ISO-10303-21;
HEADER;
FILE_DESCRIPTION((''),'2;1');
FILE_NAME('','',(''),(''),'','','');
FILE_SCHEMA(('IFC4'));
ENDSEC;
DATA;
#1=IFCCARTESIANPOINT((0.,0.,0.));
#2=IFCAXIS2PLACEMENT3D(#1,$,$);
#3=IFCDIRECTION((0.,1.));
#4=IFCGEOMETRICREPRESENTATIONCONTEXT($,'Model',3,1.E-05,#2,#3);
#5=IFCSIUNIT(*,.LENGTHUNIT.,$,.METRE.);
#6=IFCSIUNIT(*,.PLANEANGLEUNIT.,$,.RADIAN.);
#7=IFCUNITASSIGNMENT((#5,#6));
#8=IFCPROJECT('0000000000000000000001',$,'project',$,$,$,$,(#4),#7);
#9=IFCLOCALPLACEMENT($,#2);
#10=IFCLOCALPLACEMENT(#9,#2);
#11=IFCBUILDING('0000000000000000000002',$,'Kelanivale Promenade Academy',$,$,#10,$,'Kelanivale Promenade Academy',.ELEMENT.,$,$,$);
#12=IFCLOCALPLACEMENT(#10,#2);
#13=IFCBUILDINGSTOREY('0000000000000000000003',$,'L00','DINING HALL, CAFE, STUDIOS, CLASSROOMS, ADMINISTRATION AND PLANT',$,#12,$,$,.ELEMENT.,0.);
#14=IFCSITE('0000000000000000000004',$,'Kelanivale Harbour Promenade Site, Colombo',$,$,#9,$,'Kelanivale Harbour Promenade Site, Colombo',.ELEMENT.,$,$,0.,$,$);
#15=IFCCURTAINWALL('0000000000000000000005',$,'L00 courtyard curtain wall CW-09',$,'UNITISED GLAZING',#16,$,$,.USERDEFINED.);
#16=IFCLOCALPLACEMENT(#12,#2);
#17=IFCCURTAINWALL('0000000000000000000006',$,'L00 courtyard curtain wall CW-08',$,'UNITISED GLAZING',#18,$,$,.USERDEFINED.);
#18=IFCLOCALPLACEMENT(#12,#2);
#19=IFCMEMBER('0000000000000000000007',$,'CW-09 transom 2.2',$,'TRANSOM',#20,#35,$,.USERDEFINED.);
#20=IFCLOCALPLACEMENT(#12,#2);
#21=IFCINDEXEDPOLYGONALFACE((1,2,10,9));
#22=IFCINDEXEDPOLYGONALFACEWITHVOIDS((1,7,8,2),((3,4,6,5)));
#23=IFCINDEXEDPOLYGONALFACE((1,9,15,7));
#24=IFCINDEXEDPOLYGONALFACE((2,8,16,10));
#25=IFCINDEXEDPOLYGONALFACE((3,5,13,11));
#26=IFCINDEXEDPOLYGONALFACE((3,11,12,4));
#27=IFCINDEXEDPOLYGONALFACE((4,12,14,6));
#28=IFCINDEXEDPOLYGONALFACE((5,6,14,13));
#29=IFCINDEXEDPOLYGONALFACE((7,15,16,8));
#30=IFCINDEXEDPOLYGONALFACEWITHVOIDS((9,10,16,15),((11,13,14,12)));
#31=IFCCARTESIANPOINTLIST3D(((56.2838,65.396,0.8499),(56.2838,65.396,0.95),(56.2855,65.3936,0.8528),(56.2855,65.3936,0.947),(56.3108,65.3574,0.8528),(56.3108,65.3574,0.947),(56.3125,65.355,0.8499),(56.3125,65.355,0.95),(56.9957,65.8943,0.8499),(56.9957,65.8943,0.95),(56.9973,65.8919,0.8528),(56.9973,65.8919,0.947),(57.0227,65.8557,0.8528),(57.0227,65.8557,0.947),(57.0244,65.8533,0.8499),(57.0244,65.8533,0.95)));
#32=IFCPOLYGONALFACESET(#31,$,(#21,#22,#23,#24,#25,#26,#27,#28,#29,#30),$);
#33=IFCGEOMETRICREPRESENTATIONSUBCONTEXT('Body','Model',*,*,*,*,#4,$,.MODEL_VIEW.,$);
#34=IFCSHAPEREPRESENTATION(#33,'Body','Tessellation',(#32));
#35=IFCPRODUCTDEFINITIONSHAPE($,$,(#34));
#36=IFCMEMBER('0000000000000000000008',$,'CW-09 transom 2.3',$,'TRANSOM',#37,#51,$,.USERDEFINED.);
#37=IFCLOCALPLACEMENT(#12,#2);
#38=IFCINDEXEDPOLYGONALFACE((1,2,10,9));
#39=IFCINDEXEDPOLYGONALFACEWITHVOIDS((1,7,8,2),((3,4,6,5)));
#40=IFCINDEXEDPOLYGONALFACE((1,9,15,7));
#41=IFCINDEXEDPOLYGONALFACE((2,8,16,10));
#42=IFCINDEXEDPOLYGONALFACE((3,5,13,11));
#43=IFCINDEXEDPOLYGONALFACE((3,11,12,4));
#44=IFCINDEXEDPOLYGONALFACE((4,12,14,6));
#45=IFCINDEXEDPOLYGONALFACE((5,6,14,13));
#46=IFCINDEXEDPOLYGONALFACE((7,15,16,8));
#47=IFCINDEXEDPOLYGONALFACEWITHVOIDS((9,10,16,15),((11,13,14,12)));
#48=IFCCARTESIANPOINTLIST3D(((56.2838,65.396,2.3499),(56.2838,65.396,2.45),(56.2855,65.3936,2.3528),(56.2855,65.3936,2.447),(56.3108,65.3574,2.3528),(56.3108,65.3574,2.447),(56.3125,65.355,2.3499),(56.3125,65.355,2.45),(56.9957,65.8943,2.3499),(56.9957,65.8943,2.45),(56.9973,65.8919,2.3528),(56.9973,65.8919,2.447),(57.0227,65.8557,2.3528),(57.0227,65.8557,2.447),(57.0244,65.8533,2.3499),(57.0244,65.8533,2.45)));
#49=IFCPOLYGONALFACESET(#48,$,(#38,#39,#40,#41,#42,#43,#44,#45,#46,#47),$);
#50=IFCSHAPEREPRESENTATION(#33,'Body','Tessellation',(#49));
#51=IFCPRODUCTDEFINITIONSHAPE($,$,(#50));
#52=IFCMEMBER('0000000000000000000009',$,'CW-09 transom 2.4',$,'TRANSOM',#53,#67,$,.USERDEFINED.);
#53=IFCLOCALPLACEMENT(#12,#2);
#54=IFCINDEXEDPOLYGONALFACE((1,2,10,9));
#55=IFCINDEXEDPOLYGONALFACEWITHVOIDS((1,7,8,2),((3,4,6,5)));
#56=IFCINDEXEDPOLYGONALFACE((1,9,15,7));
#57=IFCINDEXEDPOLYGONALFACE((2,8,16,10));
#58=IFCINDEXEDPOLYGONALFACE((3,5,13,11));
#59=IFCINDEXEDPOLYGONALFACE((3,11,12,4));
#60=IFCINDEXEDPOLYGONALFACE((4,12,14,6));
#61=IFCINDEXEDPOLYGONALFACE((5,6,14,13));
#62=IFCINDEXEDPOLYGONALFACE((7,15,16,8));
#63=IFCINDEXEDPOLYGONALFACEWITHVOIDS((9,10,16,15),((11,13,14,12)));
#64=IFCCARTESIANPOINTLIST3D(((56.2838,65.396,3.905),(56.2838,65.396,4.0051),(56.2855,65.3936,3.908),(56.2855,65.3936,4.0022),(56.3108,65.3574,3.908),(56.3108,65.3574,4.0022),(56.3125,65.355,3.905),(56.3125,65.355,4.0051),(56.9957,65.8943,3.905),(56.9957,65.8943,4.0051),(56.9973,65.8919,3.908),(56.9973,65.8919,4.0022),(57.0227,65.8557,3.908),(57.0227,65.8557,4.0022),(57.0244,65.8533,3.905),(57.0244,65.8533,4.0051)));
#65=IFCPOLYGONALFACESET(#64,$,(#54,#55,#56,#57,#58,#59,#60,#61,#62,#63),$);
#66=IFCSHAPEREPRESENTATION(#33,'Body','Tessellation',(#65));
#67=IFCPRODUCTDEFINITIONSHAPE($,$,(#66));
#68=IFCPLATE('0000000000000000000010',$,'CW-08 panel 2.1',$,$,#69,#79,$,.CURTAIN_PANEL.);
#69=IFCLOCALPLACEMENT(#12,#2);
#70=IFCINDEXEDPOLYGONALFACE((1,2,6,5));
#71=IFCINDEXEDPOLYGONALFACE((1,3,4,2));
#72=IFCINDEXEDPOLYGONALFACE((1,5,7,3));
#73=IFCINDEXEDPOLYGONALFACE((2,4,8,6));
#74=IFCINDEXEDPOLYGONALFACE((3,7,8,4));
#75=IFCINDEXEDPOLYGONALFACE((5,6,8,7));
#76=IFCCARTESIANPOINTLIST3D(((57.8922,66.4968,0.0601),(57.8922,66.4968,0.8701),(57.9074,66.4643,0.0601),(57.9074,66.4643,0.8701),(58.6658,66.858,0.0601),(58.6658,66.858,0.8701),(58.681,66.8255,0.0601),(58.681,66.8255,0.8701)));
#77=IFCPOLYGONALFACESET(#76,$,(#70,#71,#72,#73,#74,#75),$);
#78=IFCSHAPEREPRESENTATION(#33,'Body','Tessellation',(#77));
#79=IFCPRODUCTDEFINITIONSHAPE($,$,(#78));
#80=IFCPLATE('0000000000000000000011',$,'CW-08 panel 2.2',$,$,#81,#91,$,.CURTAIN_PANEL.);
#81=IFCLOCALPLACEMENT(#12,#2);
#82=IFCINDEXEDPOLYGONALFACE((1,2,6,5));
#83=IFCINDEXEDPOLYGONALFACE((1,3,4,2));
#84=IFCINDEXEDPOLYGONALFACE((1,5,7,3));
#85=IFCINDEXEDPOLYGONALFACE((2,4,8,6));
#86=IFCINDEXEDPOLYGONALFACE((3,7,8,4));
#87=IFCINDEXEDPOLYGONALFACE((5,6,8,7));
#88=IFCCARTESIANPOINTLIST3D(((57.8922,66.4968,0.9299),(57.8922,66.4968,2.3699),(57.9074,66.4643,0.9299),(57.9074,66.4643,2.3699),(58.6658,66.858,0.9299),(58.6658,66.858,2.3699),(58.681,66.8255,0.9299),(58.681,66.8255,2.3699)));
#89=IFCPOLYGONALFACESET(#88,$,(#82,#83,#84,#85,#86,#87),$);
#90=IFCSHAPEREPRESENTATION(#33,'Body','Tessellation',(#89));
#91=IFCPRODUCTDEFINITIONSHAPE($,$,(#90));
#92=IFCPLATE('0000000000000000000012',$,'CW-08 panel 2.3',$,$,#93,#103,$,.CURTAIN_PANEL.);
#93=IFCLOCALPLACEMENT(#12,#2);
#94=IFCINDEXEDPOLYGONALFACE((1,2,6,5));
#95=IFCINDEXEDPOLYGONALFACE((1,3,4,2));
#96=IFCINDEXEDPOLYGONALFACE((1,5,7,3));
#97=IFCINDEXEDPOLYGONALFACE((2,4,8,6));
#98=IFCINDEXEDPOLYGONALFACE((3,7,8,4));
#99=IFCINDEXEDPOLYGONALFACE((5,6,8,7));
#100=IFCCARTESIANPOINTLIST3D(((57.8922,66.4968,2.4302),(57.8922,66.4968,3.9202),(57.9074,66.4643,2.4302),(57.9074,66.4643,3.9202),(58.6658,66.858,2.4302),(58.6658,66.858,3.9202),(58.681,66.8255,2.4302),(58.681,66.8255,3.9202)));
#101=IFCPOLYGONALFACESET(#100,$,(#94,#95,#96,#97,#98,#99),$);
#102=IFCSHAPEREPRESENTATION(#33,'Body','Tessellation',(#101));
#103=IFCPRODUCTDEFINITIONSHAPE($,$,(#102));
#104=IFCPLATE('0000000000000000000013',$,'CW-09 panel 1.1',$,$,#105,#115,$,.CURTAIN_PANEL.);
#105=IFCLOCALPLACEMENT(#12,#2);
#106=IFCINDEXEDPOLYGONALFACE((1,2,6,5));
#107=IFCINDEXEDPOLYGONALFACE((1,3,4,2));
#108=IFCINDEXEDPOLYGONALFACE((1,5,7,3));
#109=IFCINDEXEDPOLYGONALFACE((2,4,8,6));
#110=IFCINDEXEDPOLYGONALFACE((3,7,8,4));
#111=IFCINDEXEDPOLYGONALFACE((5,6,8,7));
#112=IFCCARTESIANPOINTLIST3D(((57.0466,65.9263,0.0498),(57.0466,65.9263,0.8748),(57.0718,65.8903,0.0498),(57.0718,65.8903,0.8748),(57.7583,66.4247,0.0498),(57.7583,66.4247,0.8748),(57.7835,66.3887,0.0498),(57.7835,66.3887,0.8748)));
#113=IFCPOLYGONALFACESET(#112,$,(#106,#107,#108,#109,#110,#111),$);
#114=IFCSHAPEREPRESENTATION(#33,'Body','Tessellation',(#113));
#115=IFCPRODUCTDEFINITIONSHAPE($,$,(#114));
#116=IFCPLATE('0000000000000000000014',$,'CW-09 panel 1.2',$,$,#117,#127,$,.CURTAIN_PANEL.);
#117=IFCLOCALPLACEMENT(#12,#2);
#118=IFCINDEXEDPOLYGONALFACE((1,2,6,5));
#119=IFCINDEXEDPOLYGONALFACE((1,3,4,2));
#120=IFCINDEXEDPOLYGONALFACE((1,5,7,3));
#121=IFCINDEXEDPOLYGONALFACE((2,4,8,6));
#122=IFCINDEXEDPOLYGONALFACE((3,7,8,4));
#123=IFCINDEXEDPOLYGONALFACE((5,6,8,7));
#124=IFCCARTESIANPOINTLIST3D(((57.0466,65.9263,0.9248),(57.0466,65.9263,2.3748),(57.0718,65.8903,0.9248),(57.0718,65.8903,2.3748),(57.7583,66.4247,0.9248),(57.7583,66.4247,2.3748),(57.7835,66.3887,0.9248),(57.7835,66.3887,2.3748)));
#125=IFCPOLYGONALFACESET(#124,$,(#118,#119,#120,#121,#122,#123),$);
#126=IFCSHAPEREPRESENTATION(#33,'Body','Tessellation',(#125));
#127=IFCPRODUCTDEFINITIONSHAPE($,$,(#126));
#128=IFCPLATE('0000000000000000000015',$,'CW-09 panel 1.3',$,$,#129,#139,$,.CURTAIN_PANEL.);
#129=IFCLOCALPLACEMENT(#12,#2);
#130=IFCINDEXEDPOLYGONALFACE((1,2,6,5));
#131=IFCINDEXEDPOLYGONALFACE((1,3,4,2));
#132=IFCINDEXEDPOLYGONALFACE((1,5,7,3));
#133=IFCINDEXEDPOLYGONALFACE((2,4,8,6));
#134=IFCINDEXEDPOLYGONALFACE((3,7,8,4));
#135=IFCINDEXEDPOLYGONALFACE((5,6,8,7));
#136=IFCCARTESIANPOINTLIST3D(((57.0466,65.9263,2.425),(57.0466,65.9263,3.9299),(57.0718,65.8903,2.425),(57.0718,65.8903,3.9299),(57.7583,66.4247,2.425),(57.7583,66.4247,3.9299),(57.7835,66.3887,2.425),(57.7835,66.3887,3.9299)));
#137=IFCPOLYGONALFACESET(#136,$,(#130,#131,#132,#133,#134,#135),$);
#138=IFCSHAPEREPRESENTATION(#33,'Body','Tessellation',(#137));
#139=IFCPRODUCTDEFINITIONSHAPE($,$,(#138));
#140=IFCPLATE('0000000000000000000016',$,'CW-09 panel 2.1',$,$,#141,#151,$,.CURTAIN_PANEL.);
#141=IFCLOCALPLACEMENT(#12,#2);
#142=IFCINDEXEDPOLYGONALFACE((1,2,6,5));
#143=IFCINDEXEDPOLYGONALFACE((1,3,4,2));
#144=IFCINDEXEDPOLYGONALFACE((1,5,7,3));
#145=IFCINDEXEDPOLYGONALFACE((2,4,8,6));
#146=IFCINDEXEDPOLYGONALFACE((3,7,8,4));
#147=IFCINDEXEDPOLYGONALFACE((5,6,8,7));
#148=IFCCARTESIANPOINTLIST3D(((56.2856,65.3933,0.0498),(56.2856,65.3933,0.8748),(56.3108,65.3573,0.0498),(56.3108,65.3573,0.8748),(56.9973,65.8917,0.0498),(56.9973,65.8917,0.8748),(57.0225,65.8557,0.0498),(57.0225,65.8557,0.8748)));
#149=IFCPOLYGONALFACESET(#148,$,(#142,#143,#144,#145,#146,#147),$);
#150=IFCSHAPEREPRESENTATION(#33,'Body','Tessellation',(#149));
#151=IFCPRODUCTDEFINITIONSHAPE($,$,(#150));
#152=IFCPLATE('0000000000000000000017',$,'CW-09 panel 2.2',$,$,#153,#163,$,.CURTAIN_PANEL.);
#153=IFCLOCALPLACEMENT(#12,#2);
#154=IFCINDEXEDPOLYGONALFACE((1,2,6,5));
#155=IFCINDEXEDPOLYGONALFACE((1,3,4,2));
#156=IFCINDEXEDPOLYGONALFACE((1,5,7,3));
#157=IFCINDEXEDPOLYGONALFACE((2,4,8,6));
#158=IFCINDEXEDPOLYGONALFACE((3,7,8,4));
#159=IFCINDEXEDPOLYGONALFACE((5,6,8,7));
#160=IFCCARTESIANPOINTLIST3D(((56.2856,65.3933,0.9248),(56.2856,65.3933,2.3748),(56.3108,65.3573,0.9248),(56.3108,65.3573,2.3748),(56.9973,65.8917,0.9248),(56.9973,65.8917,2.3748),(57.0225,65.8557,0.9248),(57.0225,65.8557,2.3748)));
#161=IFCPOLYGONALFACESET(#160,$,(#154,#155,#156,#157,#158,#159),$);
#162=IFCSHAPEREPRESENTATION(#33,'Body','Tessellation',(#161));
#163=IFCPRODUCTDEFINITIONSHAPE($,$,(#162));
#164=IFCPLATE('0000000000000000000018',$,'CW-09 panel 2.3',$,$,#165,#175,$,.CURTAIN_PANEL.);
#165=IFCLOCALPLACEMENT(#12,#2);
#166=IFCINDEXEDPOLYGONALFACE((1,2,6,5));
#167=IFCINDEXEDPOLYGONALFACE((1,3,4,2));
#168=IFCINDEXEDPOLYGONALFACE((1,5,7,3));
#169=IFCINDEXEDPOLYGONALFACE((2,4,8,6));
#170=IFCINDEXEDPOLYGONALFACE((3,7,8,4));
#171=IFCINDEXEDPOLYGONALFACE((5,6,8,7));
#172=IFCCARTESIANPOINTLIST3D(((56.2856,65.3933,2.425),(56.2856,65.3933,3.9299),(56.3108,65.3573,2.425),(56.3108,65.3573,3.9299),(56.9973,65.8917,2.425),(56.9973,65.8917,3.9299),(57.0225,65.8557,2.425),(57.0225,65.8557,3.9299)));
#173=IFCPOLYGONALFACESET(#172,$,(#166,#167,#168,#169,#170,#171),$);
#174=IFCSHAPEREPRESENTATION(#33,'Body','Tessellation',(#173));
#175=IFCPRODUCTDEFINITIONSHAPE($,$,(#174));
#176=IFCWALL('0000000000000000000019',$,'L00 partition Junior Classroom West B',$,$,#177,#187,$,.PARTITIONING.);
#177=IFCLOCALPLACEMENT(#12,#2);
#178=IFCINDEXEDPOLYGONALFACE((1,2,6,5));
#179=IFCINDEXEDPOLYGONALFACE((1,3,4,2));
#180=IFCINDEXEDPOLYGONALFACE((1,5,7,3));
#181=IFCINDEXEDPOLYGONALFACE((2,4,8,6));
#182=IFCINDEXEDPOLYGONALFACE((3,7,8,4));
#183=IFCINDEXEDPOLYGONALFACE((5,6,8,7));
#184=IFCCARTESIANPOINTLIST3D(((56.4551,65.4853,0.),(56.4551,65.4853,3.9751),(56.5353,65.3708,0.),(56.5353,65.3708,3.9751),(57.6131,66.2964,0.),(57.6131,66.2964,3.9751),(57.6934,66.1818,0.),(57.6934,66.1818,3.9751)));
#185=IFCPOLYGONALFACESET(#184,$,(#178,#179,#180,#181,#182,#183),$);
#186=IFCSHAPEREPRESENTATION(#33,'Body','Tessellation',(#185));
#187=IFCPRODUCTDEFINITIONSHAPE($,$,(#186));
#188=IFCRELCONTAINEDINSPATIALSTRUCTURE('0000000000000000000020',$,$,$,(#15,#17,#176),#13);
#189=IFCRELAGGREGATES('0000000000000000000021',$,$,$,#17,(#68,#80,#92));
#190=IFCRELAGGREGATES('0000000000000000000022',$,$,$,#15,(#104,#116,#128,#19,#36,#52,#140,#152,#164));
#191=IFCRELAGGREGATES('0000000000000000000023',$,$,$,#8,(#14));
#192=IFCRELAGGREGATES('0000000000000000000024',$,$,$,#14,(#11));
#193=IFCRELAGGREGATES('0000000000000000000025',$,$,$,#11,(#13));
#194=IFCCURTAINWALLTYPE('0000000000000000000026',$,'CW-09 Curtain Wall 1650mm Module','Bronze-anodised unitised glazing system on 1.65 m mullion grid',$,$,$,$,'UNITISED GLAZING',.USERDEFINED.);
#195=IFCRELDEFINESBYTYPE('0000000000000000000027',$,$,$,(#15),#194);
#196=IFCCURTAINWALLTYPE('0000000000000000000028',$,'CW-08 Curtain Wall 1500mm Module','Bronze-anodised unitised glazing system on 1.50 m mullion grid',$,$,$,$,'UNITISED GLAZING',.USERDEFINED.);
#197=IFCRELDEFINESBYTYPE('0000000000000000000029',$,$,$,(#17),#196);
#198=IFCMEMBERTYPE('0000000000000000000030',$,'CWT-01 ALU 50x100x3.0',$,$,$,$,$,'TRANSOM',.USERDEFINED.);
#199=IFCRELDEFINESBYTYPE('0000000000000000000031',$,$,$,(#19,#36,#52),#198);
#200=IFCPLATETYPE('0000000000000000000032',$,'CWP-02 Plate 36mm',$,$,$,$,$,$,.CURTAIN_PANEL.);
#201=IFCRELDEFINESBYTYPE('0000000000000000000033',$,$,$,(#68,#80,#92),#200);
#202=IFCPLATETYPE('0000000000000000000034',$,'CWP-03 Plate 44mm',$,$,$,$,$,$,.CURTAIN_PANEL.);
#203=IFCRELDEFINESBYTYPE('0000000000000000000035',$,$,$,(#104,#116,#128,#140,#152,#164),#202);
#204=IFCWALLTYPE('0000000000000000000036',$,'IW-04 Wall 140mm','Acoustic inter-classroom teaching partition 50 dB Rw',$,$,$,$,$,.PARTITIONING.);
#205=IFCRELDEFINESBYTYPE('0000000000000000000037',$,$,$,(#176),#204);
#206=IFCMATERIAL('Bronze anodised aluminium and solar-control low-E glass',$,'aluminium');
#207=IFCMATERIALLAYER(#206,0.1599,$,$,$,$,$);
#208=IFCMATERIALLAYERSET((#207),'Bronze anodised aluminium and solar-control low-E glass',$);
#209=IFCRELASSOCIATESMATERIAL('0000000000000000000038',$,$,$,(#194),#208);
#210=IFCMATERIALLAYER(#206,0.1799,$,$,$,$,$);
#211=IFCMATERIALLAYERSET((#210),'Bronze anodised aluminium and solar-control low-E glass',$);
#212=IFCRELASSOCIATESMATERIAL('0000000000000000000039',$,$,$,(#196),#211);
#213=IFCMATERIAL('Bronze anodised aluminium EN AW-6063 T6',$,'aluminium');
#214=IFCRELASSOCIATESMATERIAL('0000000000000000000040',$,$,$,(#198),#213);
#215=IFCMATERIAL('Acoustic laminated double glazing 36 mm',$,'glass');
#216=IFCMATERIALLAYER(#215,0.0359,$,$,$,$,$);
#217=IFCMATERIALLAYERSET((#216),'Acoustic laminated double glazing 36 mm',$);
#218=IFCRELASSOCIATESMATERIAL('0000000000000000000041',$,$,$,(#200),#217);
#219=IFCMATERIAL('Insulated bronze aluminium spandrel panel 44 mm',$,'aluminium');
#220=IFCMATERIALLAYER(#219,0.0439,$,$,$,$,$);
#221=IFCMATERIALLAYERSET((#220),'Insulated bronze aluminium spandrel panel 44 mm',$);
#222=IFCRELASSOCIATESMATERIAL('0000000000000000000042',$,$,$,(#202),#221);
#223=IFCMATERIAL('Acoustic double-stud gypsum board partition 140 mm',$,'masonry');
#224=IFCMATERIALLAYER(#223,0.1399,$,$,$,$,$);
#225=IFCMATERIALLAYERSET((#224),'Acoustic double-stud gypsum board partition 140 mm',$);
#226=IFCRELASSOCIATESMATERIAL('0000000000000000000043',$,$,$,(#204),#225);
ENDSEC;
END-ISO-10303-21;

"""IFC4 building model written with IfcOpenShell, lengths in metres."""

from ifc_helpers import new_model, si_unit, direction, frame, frame_2d, origin, origin_2d, place, context, subcontext, project, spatial, rectangle, hollow_rectangle, extrude, material, layer, layer_set, material_profile, profile_set, type_object, element, aggregate, save


model = new_model("IFC4")

# Units and contexts
model_context = context("Model", 3, precision=1e-05, world=origin(), true_north=direction((0.0, 1.0)))
body_context = subcontext(model_context, "Body", "Model", "MODEL_VIEW")
ifc_project = project(units=[si_unit("LENGTHUNIT", "METRE"), si_unit("PLANEANGLEUNIT", "RADIAN")], contexts=[model_context])

# Site, building, storey
site_placement = place(None, origin())
site = spatial("IfcSite", under=ifc_project, at=site_placement, Name="Kelanivale Harbour Promenade Site, Colombo", LongName="Kelanivale Harbour Promenade Site, Colombo", CompositionType="ELEMENT", RefElevation=0.0)
building_placement = place(site_placement, origin())
building = spatial("IfcBuilding", under=site, at=building_placement, Name="Kelanivale Promenade Academy", LongName="Kelanivale Promenade Academy", CompositionType="ELEMENT")
storey_placement = place(building_placement, origin())
storey = spatial("IfcBuildingStorey", under=building, at=storey_placement, Name="L00", Description="DINING HALL, CAFE, STUDIOS, CLASSROOMS, ADMINISTRATION AND PLANT", CompositionType="ELEMENT", Elevation=0.0)

# Curtain wall
ifc_material_1 = material(Name="Bronze anodised aluminium and solar-control low-E glass", Category="aluminium")
ifc_layer_1 = layer(ifc_material_1, 0.1599)
ifc_layer_set_1 = layer_set([ifc_layer_1], Name="Bronze anodised aluminium and solar-control low-E glass")
curtain_wall_type_1 = type_object("IfcCurtainWallType", Name="CW-09 Curtain Wall 1650mm Module", Description="Bronze-anodised unitised glazing system on 1.65 m mullion grid", ElementType="UNITISED GLAZING", PredefinedType="USERDEFINED", material=ifc_layer_set_1)
curtain_wall_1_placement = place(storey_placement, origin())
curtain_wall_1 = element("IfcCurtainWall", 1, at=curtain_wall_1_placement, inside=storey, type_object=curtain_wall_type_1, Name="L00 courtyard curtain wall CW-09", ObjectType="UNITISED GLAZING", PredefinedType="USERDEFINED")
ifc_material_2 = material(Name="Bronze anodised aluminium EN AW-6063 T6", Category="aluminium")

# Curtain wall
ifc_layer_2 = layer(ifc_material_1, 0.1799)
ifc_layer_set_2 = layer_set([ifc_layer_2], Name="Bronze anodised aluminium and solar-control low-E glass")
curtain_wall_type_2 = type_object("IfcCurtainWallType", Name="CW-08 Curtain Wall 1500mm Module", Description="Bronze-anodised unitised glazing system on 1.50 m mullion grid", ElementType="UNITISED GLAZING", PredefinedType="USERDEFINED", material=ifc_layer_set_2)
curtain_wall_2_placement = place(storey_placement, origin())
curtain_wall_2 = element("IfcCurtainWall", 2, at=curtain_wall_2_placement, inside=storey, type_object=curtain_wall_type_2, Name="L00 courtyard curtain wall CW-08", ObjectType="UNITISED GLAZING", PredefinedType="USERDEFINED")

# Members
ifc_material_profile_1 = material_profile(ifc_material_2, hollow_rectangle(XDim=0.05, YDim=0.1001, WallThickness=0.0029, at=origin_2d()), Name="ALU 50x100x3.0")
ifc_profile_set_1 = profile_set([ifc_material_profile_1], Name="Bronze anodised aluminium EN AW-6063 T6")
member_type_1 = type_object("IfcMemberType", Name="CWT-01 ALU 50x100x3.0", ElementType="TRANSOM", PredefinedType="USERDEFINED", material=ifc_profile_set_1)
member_1_placement = place(storey_placement, frame((57.01, 65.8738, 0.8999), z_axis=(-0.819258, -0.573425, 0.0), x_axis=(0.573425, -0.819258, 0.0)))
member_1 = element("IfcMember", 3, at=member_1_placement, type_object=member_type_1, Name="CW-09 transom 2.2", ObjectType="TRANSOM", PredefinedType="USERDEFINED", context=body_context, shape_type="SweptSolid", body=[
    extrude(hollow_rectangle(XDim=0.05, YDim=0.1001, WallThickness=0.0029, at=origin_2d()), origin(), (0.0, 0.0, 1.0), 0.8689),
])
member_2_placement = place(storey_placement, frame((57.01, 65.8738, 2.3999), z_axis=(-0.819258, -0.573425, 0.0), x_axis=(0.573425, -0.819258, 0.0)))
member_2 = element("IfcMember", 4, at=member_2_placement, type_object=member_type_1, Name="CW-09 transom 2.3", ObjectType="TRANSOM", PredefinedType="USERDEFINED", context=body_context, shape_type="SweptSolid", body=[
    extrude(hollow_rectangle(XDim=0.05, YDim=0.1001, WallThickness=0.0029, at=origin_2d()), origin(), (0.0, 0.0, 1.0), 0.8689),
])
member_3_placement = place(storey_placement, frame((57.01, 65.8738, 3.9551), z_axis=(-0.819258, -0.573425, 0.0), x_axis=(0.573425, -0.819258, 0.0)))
member_3 = element("IfcMember", 5, at=member_3_placement, type_object=member_type_1, Name="CW-09 transom 2.4", ObjectType="TRANSOM", PredefinedType="USERDEFINED", context=body_context, shape_type="SweptSolid", body=[
    extrude(hollow_rectangle(XDim=0.05, YDim=0.1001, WallThickness=0.0029, at=origin_2d()), origin(), (0.0, 0.0, 1.0), 0.8689),
])

# Plates
ifc_material_3 = material(Name="Acoustic laminated double glazing 36 mm", Category="glass")
ifc_layer_3 = layer(ifc_material_3, 0.0359)
ifc_layer_set_3 = layer_set([ifc_layer_3], Name="Acoustic laminated double glazing 36 mm")
plate_type_1 = type_object("IfcPlateType", Name="CWP-02 Plate 36mm", PredefinedType="CURTAIN_PANEL", material=ifc_layer_set_3)
plate_1_placement = place(storey_placement, frame((58.2866, 66.6611, 0.0601), z_axis=(0.0, 0.0, 1.0), x_axis=(-0.906089, -0.423087, 0.0)))
plate_1 = element("IfcPlate", 6, at=plate_1_placement, type_object=plate_type_1, Name="CW-08 panel 2.1", PredefinedType="CURTAIN_PANEL", context=body_context, shape_type="SweptSolid", body=[
    extrude(rectangle(XDim=0.8538, YDim=0.0359, at=origin_2d()), origin(), (0.0, 0.0, 1.0), 0.8101),
])
plate_2_placement = place(storey_placement, frame((58.2866, 66.6611, 0.9299), z_axis=(0.0, 0.0, 1.0), x_axis=(-0.906089, -0.423087, 0.0)))
plate_2 = element("IfcPlate", 7, at=plate_2_placement, type_object=plate_type_1, Name="CW-08 panel 2.2", PredefinedType="CURTAIN_PANEL", context=body_context, shape_type="SweptSolid", body=[
    extrude(rectangle(XDim=0.8538, YDim=0.0359, at=origin_2d()), origin(), (0.0, 0.0, 1.0), 1.4399),
])
plate_3_placement = place(storey_placement, frame((58.2866, 66.6611, 2.4302), z_axis=(0.0, 0.0, 1.0), x_axis=(-0.906089, -0.423087, 0.0)))
plate_3 = element("IfcPlate", 8, at=plate_3_placement, type_object=plate_type_1, Name="CW-08 panel 2.3", PredefinedType="CURTAIN_PANEL", context=body_context, shape_type="SweptSolid", body=[
    extrude(rectangle(XDim=0.8538, YDim=0.0359, at=origin_2d()), origin(), (0.0, 0.0, 1.0), 1.49),
])
aggregate(curtain_wall_2, [plate_1, plate_2, plate_3])
ifc_material_4 = material(Name="Insulated bronze aluminium spandrel panel 44 mm", Category="aluminium")
ifc_layer_4 = layer(ifc_material_4, 0.0439)
ifc_layer_set_4 = layer_set([ifc_layer_4], Name="Insulated bronze aluminium spandrel panel 44 mm")
plate_type_2 = type_object("IfcPlateType", Name="CWP-03 Plate 44mm", PredefinedType="CURTAIN_PANEL", material=ifc_layer_set_4)
plate_4_placement = place(storey_placement, frame((57.415, 66.1575, 0.0498), z_axis=(0.0, 0.0, 1.0), x_axis=(-0.819158, -0.573567, 0.0)))
plate_4 = element("IfcPlate", 9, at=plate_4_placement, type_object=plate_type_2, Name="CW-09 panel 1.1", PredefinedType="CURTAIN_PANEL", context=body_context, shape_type="SweptSolid", body=[
    extrude(rectangle(XDim=0.8689, YDim=0.0439, at=origin_2d()), origin(), (0.0, 0.0, 1.0), 0.825),
])
plate_5_placement = place(storey_placement, frame((57.415, 66.1575, 0.9248), z_axis=(0.0, 0.0, 1.0), x_axis=(-0.819158, -0.573567, 0.0)))
plate_5 = element("IfcPlate", 10, at=plate_5_placement, type_object=plate_type_2, Name="CW-09 panel 1.2", PredefinedType="CURTAIN_PANEL", context=body_context, shape_type="SweptSolid", body=[
    extrude(rectangle(XDim=0.8689, YDim=0.0439, at=origin_2d()), origin(), (0.0, 0.0, 1.0), 1.45),
])
plate_6_placement = place(storey_placement, frame((57.415, 66.1575, 2.425), z_axis=(0.0, 0.0, 1.0), x_axis=(-0.819158, -0.573567, 0.0)))
plate_6 = element("IfcPlate", 11, at=plate_6_placement, type_object=plate_type_2, Name="CW-09 panel 1.3", PredefinedType="CURTAIN_PANEL", context=body_context, shape_type="SweptSolid", body=[
    extrude(rectangle(XDim=0.8689, YDim=0.0439, at=origin_2d()), origin(), (0.0, 0.0, 1.0), 1.5049),
])
plate_7_placement = place(storey_placement, frame((56.6541, 65.6245, 0.0498), z_axis=(0.0, 0.0, 1.0), x_axis=(-0.819158, -0.573567, 0.0)))
plate_7 = element("IfcPlate", 12, at=plate_7_placement, type_object=plate_type_2, Name="CW-09 panel 2.1", PredefinedType="CURTAIN_PANEL", context=body_context, shape_type="SweptSolid", body=[
    extrude(rectangle(XDim=0.8689, YDim=0.0439, at=origin_2d()), origin(), (0.0, 0.0, 1.0), 0.825),
])
plate_8_placement = place(storey_placement, frame((56.6541, 65.6245, 0.9248), z_axis=(0.0, 0.0, 1.0), x_axis=(-0.819158, -0.573567, 0.0)))
plate_8 = element("IfcPlate", 13, at=plate_8_placement, type_object=plate_type_2, Name="CW-09 panel 2.2", PredefinedType="CURTAIN_PANEL", context=body_context, shape_type="SweptSolid", body=[
    extrude(rectangle(XDim=0.8689, YDim=0.0439, at=origin_2d()), origin(), (0.0, 0.0, 1.0), 1.45),
])
plate_9_placement = place(storey_placement, frame((56.6541, 65.6245, 2.425), z_axis=(0.0, 0.0, 1.0), x_axis=(-0.819158, -0.573567, 0.0)))
plate_9 = element("IfcPlate", 14, at=plate_9_placement, type_object=plate_type_2, Name="CW-09 panel 2.3", PredefinedType="CURTAIN_PANEL", context=body_context, shape_type="SweptSolid", body=[
    extrude(rectangle(XDim=0.8689, YDim=0.0439, at=origin_2d()), origin(), (0.0, 0.0, 1.0), 1.5049),
])
aggregate(curtain_wall_1, [plate_4, plate_5, plate_6, member_1, member_2, member_3, plate_7, plate_8, plate_9])

# Wall
ifc_material_5 = material(Name="Acoustic double-stud gypsum board partition 140 mm", Category="masonry")
ifc_layer_5 = layer(ifc_material_5, 0.1399)
ifc_layer_set_5 = layer_set([ifc_layer_5], Name="Acoustic double-stud gypsum board partition 140 mm")
wall_type = type_object("IfcWallType", Name="IW-04 Wall 140mm", Description="Acoustic inter-classroom teaching partition 50 dB Rw", PredefinedType="PARTITIONING", material=ifc_layer_set_5)
wall_1_placement = place(storey_placement, frame((56.4951, 65.428, 0.0), z_axis=(0.0, 0.0, 1.0), x_axis=(0.819078, 0.573683, 0.0)))
element("IfcWall", 15, at=wall_1_placement, inside=storey, type_object=wall_type, Name="L00 partition Junior Classroom West B", PredefinedType="PARTITIONING", context=body_context, shape_type="SweptSolid", body=[
    extrude(rectangle(XDim=1.4138, YDim=0.1399, at=frame_2d((0.707, 0.0))), origin(), (0.0, 0.0, 1.0), 3.9751),
])

save(model, "model.ifc")
